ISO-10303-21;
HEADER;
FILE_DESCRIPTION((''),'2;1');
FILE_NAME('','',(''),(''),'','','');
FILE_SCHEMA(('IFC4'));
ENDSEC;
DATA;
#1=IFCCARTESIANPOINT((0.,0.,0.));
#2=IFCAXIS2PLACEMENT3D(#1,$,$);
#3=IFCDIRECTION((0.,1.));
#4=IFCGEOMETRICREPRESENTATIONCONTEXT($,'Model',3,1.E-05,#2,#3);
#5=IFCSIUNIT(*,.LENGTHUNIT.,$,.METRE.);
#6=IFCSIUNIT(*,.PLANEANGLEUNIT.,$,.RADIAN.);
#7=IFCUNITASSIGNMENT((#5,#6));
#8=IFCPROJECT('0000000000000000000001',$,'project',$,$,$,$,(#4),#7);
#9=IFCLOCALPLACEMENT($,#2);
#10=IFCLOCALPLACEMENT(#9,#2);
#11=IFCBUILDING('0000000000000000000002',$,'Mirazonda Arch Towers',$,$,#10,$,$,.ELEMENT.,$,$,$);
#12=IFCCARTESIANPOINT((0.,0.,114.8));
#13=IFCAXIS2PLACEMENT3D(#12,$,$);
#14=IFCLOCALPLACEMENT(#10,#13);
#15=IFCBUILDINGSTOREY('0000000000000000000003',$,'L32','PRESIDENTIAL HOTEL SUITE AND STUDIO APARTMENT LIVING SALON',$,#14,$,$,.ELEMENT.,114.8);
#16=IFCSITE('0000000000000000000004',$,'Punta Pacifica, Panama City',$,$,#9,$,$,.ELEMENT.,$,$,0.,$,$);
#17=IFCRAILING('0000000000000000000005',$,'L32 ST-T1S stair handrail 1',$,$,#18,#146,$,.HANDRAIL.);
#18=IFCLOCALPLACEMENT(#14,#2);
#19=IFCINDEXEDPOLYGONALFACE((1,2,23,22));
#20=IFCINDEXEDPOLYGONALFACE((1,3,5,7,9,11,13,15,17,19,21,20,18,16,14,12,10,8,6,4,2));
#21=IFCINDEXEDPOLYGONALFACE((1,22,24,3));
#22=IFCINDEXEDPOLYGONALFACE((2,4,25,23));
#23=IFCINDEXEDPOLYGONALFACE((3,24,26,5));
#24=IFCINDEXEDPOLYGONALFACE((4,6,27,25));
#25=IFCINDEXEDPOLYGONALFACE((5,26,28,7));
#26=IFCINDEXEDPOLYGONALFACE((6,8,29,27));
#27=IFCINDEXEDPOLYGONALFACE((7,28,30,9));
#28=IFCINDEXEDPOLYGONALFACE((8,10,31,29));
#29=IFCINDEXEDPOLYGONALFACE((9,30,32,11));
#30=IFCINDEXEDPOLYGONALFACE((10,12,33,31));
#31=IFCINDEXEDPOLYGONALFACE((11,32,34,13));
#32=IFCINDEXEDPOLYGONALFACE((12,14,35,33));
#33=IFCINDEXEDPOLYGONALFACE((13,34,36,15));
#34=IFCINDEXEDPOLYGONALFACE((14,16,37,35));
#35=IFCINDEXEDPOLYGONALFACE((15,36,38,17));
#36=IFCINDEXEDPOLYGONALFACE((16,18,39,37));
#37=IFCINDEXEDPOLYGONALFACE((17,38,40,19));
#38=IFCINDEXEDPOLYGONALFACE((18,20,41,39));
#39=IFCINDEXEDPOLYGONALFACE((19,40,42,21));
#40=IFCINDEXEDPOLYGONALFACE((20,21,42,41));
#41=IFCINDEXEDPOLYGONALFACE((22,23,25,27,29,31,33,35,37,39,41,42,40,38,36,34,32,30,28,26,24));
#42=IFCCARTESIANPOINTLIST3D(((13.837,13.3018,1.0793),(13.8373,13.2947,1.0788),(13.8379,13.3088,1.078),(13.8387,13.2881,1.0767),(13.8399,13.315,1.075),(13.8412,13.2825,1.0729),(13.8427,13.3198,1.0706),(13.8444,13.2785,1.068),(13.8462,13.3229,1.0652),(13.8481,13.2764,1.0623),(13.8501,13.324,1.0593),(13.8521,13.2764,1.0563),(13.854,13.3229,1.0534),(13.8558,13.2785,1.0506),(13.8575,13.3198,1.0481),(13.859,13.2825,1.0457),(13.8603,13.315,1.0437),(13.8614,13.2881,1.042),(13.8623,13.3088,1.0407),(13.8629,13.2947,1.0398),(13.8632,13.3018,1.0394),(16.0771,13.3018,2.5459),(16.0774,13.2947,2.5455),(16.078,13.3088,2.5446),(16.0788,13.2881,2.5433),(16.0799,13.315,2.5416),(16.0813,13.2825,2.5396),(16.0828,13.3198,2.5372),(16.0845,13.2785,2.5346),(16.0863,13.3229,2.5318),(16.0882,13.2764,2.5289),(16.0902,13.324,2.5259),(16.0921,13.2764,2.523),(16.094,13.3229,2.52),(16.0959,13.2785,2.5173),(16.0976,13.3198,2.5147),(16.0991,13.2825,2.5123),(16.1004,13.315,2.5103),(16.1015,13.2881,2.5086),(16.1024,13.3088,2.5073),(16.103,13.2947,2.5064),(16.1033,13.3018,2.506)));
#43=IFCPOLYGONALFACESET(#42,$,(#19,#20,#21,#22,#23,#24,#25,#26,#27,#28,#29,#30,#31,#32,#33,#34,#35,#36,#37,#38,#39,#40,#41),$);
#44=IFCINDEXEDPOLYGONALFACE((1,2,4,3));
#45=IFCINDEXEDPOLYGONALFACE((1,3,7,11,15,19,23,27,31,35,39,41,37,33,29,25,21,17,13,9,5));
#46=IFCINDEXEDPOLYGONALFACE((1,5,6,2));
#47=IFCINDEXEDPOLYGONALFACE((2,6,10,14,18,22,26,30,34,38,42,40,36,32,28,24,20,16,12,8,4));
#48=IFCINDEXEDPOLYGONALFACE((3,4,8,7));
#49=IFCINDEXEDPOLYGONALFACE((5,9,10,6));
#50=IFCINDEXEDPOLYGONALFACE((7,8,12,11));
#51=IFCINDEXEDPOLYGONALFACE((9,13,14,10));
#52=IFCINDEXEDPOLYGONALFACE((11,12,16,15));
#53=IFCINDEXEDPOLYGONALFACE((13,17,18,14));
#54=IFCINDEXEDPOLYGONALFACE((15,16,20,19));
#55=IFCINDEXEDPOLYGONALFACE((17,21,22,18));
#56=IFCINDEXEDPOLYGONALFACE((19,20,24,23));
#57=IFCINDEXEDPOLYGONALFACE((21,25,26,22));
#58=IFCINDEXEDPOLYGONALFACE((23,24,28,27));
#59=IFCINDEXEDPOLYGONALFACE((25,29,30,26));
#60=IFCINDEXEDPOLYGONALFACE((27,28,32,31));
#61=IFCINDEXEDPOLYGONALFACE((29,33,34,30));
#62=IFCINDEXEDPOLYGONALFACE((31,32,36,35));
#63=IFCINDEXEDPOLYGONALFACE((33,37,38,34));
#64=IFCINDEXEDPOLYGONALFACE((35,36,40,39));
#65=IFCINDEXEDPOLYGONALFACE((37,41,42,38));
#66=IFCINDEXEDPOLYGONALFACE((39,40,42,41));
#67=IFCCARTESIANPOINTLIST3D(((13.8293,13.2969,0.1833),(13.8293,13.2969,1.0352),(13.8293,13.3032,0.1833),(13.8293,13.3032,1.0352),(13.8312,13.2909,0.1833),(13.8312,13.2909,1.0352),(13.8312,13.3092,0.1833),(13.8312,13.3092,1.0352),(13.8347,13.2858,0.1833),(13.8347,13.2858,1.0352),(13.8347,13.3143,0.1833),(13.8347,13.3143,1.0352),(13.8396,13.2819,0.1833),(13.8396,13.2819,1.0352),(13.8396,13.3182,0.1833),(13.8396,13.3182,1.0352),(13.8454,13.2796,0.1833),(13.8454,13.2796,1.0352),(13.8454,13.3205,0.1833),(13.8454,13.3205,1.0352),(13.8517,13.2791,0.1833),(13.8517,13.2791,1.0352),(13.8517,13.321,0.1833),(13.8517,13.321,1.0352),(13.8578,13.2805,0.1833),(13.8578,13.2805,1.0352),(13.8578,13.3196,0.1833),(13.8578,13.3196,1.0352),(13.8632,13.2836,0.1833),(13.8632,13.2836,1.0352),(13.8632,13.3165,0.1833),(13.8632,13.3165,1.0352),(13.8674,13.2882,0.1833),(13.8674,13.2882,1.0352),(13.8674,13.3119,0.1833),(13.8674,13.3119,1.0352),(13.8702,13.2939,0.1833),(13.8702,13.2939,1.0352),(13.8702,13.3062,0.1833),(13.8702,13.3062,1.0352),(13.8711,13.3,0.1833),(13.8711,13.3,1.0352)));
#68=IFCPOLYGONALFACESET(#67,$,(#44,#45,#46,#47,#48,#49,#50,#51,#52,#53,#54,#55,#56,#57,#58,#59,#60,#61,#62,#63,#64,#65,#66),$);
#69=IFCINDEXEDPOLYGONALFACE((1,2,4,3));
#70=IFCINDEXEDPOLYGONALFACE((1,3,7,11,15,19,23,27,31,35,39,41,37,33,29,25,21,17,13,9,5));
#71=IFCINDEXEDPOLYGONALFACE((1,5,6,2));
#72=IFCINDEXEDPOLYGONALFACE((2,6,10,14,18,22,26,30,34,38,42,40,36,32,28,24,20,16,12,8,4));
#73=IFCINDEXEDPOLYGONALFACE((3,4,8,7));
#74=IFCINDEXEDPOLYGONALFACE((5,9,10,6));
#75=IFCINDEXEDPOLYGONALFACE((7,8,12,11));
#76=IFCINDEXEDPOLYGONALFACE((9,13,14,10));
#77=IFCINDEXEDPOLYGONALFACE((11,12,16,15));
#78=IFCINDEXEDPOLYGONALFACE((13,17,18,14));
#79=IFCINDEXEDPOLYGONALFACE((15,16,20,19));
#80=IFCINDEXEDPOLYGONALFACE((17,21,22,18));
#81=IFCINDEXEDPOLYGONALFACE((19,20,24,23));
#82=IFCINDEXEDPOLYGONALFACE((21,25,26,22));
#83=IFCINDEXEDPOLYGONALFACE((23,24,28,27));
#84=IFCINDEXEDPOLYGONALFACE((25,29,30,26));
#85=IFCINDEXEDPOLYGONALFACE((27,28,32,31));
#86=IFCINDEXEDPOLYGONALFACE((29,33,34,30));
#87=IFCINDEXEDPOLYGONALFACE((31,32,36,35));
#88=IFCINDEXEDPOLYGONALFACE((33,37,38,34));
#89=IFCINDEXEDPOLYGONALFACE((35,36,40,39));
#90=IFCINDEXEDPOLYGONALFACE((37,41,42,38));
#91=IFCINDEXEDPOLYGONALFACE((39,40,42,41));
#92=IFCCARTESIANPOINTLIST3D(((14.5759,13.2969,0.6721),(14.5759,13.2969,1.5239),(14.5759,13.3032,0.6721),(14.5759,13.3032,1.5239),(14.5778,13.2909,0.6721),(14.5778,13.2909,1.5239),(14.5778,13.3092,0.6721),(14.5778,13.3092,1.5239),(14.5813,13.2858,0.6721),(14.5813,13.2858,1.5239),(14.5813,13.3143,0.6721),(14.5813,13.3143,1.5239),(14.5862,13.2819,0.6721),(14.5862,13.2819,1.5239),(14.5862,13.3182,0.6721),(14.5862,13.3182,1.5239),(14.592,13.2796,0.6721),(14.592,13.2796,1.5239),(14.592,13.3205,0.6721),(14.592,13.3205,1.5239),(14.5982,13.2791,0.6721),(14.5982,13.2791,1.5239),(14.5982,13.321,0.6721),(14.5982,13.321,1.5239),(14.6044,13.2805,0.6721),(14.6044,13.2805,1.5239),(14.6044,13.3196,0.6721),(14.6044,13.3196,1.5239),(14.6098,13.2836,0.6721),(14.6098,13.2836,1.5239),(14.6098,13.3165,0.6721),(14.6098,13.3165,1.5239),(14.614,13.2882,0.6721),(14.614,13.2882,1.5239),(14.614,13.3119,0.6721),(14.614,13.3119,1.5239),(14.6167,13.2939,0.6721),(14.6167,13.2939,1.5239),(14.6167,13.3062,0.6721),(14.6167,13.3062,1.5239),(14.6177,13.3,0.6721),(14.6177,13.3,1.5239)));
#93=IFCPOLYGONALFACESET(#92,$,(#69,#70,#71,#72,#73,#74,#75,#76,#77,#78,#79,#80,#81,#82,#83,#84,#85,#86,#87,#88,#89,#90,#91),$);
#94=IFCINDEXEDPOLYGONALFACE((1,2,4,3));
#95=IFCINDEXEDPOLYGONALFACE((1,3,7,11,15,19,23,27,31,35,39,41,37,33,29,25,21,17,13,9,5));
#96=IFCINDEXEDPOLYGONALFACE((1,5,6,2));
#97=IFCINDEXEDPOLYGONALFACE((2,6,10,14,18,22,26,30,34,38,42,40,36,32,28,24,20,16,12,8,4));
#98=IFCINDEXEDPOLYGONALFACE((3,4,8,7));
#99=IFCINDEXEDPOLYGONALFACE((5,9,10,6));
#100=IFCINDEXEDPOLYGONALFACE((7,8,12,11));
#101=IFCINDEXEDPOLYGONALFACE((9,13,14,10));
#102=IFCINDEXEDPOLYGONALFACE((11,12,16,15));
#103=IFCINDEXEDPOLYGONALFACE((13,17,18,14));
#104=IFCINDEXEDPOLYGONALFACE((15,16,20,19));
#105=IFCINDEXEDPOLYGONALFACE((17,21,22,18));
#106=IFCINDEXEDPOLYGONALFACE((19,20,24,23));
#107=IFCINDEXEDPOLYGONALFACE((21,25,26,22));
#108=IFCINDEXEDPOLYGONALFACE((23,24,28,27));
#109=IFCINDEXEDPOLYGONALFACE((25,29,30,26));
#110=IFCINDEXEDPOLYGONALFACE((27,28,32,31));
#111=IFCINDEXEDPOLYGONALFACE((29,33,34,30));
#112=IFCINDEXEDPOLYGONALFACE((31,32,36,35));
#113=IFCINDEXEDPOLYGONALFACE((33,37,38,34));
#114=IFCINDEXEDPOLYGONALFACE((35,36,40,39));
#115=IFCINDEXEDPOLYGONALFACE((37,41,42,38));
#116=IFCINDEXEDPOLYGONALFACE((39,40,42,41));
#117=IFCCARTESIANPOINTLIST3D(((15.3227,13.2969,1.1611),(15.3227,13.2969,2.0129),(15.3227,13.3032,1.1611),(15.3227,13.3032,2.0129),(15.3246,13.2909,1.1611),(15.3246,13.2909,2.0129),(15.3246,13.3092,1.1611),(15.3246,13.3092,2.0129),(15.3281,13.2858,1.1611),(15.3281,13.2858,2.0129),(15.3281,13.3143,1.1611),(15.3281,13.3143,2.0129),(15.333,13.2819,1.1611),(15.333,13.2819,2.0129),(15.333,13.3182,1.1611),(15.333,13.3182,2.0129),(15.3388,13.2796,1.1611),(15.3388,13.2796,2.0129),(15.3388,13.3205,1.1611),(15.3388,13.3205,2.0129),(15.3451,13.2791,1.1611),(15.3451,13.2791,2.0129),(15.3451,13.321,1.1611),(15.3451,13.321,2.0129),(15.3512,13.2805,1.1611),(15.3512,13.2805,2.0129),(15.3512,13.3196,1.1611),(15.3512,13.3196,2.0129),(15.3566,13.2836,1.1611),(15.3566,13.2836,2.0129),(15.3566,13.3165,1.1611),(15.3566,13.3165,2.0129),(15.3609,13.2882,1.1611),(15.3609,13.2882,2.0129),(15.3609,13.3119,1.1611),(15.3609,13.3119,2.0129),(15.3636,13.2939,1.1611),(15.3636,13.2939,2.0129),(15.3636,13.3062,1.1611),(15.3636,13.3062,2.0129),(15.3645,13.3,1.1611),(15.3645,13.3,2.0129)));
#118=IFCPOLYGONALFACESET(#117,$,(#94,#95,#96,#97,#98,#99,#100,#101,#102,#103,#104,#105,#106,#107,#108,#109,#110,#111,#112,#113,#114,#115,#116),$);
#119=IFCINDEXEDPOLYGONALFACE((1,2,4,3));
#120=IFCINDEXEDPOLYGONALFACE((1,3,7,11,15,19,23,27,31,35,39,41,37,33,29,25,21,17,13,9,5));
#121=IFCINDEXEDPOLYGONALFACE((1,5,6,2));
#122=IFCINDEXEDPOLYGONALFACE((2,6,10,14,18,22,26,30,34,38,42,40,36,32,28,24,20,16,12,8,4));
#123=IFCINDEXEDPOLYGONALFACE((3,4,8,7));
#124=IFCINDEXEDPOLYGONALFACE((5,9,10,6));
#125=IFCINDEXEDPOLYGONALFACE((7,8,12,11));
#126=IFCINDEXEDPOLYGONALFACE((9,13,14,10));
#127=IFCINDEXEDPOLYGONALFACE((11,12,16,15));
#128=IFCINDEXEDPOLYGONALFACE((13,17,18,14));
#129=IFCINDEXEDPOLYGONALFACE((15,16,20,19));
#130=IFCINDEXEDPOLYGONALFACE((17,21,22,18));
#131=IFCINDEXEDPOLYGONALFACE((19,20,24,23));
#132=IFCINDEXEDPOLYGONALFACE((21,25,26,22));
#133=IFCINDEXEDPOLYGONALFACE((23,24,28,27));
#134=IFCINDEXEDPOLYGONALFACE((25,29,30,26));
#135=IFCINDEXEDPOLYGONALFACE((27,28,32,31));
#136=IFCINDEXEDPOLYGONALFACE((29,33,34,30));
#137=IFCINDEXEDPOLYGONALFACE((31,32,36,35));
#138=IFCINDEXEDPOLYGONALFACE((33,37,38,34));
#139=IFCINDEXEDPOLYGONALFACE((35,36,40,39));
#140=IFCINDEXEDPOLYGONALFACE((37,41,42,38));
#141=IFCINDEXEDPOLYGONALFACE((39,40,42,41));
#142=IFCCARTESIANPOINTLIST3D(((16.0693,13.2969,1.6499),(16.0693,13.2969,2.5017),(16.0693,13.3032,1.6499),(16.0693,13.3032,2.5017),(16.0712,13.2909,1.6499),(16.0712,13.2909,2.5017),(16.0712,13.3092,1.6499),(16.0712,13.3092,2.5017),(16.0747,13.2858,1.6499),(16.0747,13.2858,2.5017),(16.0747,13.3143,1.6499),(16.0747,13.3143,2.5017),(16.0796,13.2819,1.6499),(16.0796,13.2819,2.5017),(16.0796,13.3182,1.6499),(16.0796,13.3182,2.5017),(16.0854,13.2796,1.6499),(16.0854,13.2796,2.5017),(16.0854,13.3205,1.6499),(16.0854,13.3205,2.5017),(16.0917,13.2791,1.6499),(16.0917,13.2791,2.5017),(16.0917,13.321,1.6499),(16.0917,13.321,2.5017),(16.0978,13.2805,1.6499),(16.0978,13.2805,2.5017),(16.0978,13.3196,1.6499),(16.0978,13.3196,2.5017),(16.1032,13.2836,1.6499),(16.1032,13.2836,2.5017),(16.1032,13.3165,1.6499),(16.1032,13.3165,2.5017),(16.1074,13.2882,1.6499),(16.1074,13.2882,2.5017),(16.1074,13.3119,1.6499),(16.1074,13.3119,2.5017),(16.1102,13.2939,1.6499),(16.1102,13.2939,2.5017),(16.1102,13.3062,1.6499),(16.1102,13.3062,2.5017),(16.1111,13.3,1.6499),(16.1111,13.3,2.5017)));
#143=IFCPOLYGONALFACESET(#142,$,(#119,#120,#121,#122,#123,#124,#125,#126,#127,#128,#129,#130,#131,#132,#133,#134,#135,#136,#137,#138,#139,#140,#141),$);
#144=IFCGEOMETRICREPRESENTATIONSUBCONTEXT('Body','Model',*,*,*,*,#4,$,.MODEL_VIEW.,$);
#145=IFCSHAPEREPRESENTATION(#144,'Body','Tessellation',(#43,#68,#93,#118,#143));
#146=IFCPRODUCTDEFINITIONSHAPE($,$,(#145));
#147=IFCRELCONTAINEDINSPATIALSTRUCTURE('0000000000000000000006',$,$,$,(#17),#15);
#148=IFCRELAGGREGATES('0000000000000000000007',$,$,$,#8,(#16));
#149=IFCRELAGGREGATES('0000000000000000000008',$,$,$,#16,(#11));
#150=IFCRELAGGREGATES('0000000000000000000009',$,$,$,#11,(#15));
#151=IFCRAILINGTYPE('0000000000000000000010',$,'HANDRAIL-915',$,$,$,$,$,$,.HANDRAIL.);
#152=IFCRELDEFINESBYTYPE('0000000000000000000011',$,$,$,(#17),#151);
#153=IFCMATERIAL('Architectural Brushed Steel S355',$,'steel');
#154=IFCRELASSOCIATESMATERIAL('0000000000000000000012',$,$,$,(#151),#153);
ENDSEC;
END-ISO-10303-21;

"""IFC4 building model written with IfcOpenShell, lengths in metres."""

from ifc_helpers import new_model, si_unit, direction, frame, origin, origin_2d, place, context, subcontext, project, spatial, circle, extrude, material, type_object, element, save


model = new_model("IFC4")

# Units and contexts
model_context = context("Model", 3, precision=1e-05, world=origin(), true_north=direction((0.0, 1.0)))
body_context = subcontext(model_context, "Body", "Model", "MODEL_VIEW")
ifc_project = project(units=[si_unit("LENGTHUNIT", "METRE"), si_unit("PLANEANGLEUNIT", "RADIAN")], contexts=[model_context])

# Site, building, storey
site_placement = place(None, origin())
site = spatial("IfcSite", under=ifc_project, at=site_placement, Name="Punta Pacifica, Panama City", CompositionType="ELEMENT", RefElevation=0.0)
building_placement = place(site_placement, origin())
building = spatial("IfcBuilding", under=site, at=building_placement, Name="Mirazonda Arch Towers", CompositionType="ELEMENT")
storey_placement = place(building_placement, frame((0.0, 0.0, 114.8)))
storey = spatial("IfcBuildingStorey", under=building, at=storey_placement, Name="L32", Description="PRESIDENTIAL HOTEL SUITE AND STUDIO APARTMENT LIVING SALON", CompositionType="ELEMENT", Elevation=114.8)

# Shared definitions
ifc_material_1 = material(Name="Architectural Brushed Steel S355", Category="steel")

# Railing
railing_type_1 = type_object("IfcRailingType", Name="HANDRAIL-915", PredefinedType="HANDRAIL", material=ifc_material_1)
railing_1_placement = place(storey_placement, frame((13.8501, 13.3, 0.1833)))
element("IfcRailing", 1, at=railing_1_placement, inside=storey, type_object=railing_type_1, Name="L32 ST-T1S stair handrail 1", PredefinedType="HANDRAIL", context=body_context, shape_type="SweptSolid", body=[
    extrude(circle(Radius=0.0239, at=origin_2d()), frame((0.0, 0.0, 0.876), z_axis=(0.836637, 0.0, 0.547758), x_axis=(0.0, 1.0, 0.0)), (0.0, 0.0, 1.0), 2.6775),
    extrude(circle(Radius=0.021, at=origin_2d()), origin(), (0.0, 0.0, 1.0), 0.8518),
    extrude(circle(Radius=0.021, at=origin_2d()), frame((0.7466, 0.0, 0.4888)), (0.0, 0.0, 1.0), 0.8518),
    extrude(circle(Radius=0.021, at=origin_2d()), frame((1.4934, 0.0, 0.9778)), (0.0, 0.0, 1.0), 0.8518),
    extrude(circle(Radius=0.021, at=origin_2d()), frame((2.24, 0.0, 1.4666)), (0.0, 0.0, 1.0), 0.8518),
])

save(model, "model.ifc")
